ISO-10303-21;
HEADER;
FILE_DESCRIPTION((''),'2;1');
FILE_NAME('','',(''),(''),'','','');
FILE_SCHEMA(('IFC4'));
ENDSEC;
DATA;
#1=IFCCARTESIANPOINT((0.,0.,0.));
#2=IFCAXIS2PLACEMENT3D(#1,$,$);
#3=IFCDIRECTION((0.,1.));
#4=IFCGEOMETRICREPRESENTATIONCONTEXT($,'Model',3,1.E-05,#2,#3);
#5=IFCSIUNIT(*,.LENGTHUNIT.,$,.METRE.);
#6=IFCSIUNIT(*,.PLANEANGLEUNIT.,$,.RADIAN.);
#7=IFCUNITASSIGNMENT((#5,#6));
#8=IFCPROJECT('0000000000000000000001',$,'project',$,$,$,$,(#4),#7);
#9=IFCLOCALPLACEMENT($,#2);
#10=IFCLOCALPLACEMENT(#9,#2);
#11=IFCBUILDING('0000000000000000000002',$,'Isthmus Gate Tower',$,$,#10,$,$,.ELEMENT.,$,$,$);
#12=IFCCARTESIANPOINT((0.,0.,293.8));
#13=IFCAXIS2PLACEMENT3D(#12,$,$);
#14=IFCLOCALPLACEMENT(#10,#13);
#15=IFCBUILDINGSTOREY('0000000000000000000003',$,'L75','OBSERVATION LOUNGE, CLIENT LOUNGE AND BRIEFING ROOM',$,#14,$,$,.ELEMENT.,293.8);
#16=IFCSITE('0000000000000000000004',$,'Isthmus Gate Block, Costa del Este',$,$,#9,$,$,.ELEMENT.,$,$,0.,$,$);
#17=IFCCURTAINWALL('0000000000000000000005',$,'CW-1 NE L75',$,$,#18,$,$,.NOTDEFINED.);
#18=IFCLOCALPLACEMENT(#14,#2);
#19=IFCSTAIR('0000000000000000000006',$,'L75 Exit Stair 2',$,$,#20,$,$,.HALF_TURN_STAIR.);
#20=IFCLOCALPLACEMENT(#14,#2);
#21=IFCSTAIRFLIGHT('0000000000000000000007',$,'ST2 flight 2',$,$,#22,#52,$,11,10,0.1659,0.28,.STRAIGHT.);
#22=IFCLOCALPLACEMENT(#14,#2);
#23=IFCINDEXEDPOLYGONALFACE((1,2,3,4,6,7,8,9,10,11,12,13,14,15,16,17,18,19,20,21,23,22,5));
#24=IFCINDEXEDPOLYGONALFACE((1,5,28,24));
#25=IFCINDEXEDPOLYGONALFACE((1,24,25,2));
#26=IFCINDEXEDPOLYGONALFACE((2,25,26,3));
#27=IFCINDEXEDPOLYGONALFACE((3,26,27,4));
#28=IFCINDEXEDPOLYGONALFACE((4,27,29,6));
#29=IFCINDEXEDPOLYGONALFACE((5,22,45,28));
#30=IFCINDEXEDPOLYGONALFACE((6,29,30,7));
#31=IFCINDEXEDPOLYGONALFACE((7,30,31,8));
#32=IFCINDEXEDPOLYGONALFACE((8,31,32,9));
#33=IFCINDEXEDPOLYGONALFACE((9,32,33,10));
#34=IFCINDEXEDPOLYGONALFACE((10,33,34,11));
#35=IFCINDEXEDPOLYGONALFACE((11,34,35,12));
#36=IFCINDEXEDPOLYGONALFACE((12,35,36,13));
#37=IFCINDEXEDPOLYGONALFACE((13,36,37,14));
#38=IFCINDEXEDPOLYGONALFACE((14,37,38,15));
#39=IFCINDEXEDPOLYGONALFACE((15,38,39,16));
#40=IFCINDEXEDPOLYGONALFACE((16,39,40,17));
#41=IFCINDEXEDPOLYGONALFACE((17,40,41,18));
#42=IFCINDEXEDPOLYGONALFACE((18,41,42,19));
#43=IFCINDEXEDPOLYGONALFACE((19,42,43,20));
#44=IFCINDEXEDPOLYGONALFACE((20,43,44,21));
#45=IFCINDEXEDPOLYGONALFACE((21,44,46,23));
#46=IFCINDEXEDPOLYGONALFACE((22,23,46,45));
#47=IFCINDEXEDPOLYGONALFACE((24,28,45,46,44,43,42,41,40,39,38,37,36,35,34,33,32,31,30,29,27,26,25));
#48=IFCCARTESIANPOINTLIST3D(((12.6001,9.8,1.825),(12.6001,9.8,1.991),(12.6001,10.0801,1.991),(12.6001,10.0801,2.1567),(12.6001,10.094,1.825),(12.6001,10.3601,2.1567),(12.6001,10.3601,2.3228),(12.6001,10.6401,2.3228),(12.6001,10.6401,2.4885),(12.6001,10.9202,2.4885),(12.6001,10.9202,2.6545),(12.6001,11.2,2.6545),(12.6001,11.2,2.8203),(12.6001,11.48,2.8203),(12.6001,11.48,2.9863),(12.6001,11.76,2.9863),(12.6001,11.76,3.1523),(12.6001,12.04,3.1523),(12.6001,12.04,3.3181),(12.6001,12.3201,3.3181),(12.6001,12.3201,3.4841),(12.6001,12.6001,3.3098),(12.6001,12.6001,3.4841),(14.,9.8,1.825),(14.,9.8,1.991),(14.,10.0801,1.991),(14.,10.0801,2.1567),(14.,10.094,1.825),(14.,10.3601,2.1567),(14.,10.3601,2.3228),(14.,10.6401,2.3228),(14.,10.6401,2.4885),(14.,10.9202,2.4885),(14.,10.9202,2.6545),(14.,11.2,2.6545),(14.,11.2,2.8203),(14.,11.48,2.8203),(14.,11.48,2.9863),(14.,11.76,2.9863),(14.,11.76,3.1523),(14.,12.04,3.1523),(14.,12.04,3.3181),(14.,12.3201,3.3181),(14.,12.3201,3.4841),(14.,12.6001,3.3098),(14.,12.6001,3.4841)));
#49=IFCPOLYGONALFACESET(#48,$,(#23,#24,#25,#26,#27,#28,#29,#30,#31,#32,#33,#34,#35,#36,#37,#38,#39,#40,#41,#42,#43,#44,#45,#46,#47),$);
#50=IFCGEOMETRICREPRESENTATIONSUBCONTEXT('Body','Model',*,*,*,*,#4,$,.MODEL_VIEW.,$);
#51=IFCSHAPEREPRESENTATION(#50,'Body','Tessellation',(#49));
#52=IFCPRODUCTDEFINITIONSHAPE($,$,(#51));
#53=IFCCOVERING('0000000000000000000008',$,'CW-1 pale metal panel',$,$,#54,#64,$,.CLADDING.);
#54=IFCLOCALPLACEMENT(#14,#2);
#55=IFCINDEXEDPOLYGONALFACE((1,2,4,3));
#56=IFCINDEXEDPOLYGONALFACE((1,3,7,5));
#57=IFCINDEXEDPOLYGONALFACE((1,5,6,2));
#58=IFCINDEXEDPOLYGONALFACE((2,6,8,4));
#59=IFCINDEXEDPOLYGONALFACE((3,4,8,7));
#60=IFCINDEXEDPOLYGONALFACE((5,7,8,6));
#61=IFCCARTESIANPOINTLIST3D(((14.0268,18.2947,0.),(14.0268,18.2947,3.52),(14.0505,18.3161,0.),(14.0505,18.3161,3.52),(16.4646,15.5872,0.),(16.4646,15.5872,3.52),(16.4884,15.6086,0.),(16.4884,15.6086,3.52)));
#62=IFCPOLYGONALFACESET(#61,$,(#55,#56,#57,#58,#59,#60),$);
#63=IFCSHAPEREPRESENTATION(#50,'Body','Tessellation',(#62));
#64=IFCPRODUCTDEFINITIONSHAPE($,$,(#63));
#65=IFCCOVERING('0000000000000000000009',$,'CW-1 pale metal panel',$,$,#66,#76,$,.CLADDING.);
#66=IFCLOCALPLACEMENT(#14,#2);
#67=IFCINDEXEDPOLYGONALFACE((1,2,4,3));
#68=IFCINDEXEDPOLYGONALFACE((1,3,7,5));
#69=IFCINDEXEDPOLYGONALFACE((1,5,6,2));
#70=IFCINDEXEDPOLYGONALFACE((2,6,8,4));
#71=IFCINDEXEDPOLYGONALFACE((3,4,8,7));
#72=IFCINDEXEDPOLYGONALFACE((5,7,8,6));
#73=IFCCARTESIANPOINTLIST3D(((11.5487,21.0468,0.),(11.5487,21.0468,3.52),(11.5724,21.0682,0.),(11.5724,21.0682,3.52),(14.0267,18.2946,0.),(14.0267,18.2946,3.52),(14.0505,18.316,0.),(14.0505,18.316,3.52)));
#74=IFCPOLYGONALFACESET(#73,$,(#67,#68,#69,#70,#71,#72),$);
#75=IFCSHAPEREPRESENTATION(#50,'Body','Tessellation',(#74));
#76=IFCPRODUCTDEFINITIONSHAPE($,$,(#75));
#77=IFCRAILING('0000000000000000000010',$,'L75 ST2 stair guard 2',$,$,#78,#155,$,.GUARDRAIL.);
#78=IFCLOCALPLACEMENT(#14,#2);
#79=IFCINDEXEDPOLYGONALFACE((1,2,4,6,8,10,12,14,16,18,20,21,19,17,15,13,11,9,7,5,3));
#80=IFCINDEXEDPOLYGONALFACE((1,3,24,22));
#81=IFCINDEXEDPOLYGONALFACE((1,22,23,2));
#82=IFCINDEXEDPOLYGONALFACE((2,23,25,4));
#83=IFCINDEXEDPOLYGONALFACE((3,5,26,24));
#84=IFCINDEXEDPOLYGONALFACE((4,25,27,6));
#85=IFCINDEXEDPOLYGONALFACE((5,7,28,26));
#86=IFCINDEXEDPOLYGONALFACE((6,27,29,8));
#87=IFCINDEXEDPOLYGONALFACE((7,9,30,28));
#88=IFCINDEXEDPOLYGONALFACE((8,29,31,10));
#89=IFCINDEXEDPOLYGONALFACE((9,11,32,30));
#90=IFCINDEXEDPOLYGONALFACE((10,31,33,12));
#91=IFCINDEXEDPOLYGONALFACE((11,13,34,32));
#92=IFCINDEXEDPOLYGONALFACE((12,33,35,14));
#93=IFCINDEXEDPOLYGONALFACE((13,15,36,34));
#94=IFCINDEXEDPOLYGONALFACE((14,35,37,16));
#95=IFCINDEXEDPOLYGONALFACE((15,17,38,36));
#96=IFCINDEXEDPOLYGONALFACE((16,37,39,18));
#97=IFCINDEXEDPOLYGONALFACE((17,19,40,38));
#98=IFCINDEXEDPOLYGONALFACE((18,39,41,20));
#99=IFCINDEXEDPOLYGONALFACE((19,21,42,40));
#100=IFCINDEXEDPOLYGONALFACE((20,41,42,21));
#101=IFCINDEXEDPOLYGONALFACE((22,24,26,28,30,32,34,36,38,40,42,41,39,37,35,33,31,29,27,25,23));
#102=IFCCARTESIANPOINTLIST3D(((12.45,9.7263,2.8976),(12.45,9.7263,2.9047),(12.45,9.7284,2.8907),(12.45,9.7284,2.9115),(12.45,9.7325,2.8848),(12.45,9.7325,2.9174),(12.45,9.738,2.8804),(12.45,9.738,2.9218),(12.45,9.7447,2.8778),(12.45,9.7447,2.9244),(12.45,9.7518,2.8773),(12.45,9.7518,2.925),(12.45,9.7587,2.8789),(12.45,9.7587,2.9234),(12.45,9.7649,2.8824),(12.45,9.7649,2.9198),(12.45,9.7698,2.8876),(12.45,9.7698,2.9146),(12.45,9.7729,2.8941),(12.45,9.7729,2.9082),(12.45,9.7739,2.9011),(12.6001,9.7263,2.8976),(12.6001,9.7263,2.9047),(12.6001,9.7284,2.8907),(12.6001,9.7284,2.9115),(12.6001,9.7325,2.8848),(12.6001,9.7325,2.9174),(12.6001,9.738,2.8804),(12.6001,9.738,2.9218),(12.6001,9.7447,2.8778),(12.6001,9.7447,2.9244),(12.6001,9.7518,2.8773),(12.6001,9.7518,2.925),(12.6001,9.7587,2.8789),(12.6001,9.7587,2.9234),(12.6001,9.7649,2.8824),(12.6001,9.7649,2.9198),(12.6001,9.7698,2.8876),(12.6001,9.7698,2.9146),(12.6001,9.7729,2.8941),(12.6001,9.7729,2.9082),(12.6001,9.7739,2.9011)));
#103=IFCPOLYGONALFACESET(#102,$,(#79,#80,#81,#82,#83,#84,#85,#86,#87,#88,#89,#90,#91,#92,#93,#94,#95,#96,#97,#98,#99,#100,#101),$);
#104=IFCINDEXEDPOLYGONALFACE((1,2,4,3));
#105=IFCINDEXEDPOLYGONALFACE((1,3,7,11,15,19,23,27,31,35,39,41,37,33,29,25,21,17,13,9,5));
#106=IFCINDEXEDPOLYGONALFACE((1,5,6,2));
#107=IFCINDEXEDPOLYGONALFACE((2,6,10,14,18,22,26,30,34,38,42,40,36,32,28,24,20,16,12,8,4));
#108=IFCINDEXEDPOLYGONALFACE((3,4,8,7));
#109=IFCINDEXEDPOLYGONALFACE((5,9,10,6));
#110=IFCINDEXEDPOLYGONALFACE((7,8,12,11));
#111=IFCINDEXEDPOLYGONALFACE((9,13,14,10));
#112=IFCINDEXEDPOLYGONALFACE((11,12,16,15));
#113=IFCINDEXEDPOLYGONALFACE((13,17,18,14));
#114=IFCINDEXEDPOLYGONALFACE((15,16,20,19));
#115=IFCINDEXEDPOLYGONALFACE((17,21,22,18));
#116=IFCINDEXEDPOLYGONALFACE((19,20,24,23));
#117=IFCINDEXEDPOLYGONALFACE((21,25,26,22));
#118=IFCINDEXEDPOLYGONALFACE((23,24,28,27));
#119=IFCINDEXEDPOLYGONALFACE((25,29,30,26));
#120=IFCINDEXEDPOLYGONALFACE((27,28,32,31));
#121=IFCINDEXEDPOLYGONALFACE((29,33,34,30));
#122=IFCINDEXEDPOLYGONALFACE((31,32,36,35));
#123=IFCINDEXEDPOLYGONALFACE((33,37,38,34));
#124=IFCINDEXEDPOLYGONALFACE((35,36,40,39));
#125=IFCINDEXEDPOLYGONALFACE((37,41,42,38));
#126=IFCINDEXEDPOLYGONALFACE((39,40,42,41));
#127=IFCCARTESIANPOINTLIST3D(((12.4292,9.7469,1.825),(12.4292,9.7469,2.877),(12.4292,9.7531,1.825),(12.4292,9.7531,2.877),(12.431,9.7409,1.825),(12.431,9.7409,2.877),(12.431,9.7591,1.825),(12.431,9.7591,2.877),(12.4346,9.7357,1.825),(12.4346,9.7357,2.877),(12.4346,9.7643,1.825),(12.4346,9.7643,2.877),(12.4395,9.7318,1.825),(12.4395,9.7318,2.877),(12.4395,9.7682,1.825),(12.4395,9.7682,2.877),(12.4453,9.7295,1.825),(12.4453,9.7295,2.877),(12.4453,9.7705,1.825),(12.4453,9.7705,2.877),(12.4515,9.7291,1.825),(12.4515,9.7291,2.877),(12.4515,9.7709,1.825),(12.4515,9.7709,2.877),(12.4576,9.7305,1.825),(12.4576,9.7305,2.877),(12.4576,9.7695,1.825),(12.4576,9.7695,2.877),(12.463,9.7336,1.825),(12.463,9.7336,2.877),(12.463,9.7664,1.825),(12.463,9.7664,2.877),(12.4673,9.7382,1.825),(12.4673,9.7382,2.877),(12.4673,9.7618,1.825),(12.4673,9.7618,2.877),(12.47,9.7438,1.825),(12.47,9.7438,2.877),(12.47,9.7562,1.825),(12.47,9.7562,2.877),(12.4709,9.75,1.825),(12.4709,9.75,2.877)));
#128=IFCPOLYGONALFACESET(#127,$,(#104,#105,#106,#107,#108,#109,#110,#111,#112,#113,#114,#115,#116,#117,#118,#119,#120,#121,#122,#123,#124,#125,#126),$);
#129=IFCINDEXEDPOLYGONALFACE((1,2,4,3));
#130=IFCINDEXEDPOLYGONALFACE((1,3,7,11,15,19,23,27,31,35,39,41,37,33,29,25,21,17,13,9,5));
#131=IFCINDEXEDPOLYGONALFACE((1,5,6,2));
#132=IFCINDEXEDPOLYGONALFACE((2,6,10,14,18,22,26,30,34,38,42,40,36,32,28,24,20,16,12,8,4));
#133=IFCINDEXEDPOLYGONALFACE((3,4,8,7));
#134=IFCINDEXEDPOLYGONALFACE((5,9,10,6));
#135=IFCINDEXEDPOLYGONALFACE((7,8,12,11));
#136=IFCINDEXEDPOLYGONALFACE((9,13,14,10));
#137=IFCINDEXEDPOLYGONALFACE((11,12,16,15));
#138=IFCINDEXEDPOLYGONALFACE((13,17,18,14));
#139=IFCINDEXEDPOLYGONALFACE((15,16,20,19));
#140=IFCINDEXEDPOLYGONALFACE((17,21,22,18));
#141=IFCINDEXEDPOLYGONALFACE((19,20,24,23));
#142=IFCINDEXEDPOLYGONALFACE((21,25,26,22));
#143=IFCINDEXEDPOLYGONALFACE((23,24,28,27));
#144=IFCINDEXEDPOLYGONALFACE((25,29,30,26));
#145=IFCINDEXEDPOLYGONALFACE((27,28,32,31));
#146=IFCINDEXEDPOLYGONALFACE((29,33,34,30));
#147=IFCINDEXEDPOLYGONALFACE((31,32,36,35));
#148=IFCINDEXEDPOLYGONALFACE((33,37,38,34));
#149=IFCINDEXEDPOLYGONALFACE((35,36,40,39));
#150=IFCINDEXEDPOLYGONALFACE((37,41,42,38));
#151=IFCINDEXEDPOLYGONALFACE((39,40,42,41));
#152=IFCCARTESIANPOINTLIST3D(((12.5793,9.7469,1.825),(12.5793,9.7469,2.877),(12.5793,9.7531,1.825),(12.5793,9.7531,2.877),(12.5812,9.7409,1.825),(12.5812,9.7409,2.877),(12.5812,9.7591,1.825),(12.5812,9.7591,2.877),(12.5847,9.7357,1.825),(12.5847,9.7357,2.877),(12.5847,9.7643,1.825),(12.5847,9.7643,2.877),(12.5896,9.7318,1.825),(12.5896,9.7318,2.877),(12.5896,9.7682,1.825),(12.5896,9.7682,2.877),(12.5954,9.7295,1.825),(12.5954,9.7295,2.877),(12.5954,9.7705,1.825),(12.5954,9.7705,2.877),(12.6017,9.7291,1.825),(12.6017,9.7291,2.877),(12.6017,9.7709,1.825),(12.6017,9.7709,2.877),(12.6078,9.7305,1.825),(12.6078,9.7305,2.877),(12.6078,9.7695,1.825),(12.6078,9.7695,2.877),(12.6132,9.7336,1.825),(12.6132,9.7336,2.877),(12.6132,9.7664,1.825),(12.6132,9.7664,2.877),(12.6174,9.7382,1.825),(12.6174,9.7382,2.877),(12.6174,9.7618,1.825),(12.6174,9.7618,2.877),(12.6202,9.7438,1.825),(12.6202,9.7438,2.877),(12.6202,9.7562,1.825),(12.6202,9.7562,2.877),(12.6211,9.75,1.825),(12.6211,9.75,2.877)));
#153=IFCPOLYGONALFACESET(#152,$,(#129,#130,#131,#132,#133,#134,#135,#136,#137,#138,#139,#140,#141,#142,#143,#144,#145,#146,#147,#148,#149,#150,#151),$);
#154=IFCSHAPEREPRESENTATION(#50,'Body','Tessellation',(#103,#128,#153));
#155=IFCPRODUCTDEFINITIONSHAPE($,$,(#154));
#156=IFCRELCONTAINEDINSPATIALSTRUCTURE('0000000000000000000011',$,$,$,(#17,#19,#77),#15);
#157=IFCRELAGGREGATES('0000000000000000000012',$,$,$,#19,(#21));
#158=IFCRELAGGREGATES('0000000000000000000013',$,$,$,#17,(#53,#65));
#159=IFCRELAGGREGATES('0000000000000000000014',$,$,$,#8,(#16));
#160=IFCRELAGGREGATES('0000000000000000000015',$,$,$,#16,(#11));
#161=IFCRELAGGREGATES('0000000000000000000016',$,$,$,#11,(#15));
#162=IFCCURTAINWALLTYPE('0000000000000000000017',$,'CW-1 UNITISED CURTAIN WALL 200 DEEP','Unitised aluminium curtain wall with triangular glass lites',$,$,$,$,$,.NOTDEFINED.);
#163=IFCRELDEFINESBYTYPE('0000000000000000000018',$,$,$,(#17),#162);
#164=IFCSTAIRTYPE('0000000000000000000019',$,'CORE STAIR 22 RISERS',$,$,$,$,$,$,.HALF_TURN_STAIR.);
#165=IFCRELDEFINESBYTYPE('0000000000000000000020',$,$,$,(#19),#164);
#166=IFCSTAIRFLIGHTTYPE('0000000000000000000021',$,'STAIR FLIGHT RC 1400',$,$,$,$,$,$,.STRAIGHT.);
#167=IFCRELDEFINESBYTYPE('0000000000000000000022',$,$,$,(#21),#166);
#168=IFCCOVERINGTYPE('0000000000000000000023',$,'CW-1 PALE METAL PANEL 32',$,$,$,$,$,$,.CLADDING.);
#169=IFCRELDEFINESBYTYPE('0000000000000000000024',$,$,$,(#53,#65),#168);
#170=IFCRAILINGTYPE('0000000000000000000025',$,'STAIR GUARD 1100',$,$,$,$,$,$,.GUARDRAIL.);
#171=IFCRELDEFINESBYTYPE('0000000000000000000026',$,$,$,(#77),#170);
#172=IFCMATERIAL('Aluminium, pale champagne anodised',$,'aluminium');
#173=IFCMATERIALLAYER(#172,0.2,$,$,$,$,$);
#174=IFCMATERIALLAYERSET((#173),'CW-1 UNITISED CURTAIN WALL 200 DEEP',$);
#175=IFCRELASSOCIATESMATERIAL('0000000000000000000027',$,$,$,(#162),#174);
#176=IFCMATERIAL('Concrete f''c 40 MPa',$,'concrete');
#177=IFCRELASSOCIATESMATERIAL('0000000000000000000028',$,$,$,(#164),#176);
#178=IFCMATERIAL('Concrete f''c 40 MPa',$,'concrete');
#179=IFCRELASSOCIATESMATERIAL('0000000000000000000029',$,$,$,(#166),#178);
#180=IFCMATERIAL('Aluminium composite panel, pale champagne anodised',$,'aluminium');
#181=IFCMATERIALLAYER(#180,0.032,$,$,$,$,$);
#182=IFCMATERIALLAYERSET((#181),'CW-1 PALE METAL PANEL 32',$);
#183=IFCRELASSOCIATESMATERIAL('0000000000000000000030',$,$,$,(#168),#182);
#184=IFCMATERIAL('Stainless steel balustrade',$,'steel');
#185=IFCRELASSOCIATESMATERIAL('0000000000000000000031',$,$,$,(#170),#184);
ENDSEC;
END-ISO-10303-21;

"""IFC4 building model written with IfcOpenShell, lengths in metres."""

from ifc_helpers import new_model, si_unit, direction, frame, origin, origin_2d, place, context, subcontext, project, spatial, polyline, rectangle, circle, outline, extrude, material, layer, layer_set, type_object, element, aggregate, save


model = new_model("IFC4")

# Units and contexts
model_context = context("Model", 3, precision=1e-05, world=origin(), true_north=direction((0.0, 1.0)))
body_context = subcontext(model_context, "Body", "Model", "MODEL_VIEW")
ifc_project = project(units=[si_unit("LENGTHUNIT", "METRE"), si_unit("PLANEANGLEUNIT", "RADIAN")], contexts=[model_context])

# Site, building, storey
site_placement = place(None, origin())
site = spatial("IfcSite", under=ifc_project, at=site_placement, Name="Isthmus Gate Block, Costa del Este", CompositionType="ELEMENT", RefElevation=0.0)
building_placement = place(site_placement, origin())
building = spatial("IfcBuilding", under=site, at=building_placement, Name="Isthmus Gate Tower", CompositionType="ELEMENT")
storey_placement = place(building_placement, frame((0.0, 0.0, 293.8)))
storey = spatial("IfcBuildingStorey", under=building, at=storey_placement, Name="L75", Description="OBSERVATION LOUNGE, CLIENT LOUNGE AND BRIEFING ROOM", CompositionType="ELEMENT", Elevation=293.8)

# Curtain wall
ifc_material_1 = material(Name="Aluminium, pale champagne anodised", Category="aluminium")
ifc_layer_1 = layer(ifc_material_1, 0.2)
ifc_layer_set_1 = layer_set([ifc_layer_1], Name="CW-1 UNITISED CURTAIN WALL 200 DEEP")
curtain_wall_type = type_object("IfcCurtainWallType", Name="CW-1 UNITISED CURTAIN WALL 200 DEEP", Description="Unitised aluminium curtain wall with triangular glass lites", PredefinedType="NOTDEFINED", material=ifc_layer_set_1)
curtain_wall_placement = place(storey_placement, origin())
curtain_wall = element("IfcCurtainWall", 1, at=curtain_wall_placement, inside=storey, type_object=curtain_wall_type, Name="CW-1 NE L75", PredefinedType="NOTDEFINED")

# Stair, stair flight
ifc_material_2 = material(Name="Concrete f'c 40 MPa", Category="concrete")
stair_type = type_object("IfcStairType", Name="CORE STAIR 22 RISERS", PredefinedType="HALF_TURN_STAIR", material=ifc_material_2)
stair_placement = place(storey_placement, origin())
stair = element("IfcStair", 2, at=stair_placement, inside=storey, type_object=stair_type, Name="L75 Exit Stair 2", PredefinedType="HALF_TURN_STAIR")
ifc_material_3 = material(Name="Concrete f'c 40 MPa", Category="concrete")
stair_flight_type = type_object("IfcStairFlightType", Name="STAIR FLIGHT RC 1400", PredefinedType="STRAIGHT", material=ifc_material_3)
stair_flight_placement = place(storey_placement, frame((13.3, 9.8, 1.825), z_axis=(0.0, 0.0, 1.0), x_axis=(0.0, 1.0, 0.0)))
stair_flight = element("IfcStairFlight", 3, at=stair_flight_placement, type_object=stair_flight_type, Name="ST2 flight 2", NumberOfRisers=11, NumberOfTreads=10, PredefinedType="STRAIGHT", RiserHeight=0.1659, TreadLength=0.28, context=body_context, shape_type="SweptSolid", body=[
    extrude(outline(polyline([(0.0, 0.0), (0.0, 0.166), (0.28, 0.166), (0.28, 0.3318), (0.5601, 0.3318), (0.5601, 0.4978), (0.8401, 0.4978), (0.8401, 0.6636), (1.1201, 0.6636), (1.1201, 0.8296), (1.3999, 0.8296), (1.3999, 0.9954), (1.6799, 0.9954), (1.6799, 1.1614), (1.96, 1.1614), (1.96, 1.3274), (2.24, 1.3274), (2.24, 1.4932), (2.52, 1.4932), (2.52, 1.6592), (2.8, 1.6592), (2.8, 1.825), (2.8, 1.4849), (0.2939, 0.0), (0.0, 0.0)])), frame((0.0, 0.7, 0.0), z_axis=(0.0, -1.0, 0.0), x_axis=(1.0, 0.0, 0.0)), (0.0, 0.0, 1.0), 1.3999),
])
aggregate(stair, [stair_flight])

# Coverings
ifc_material_4 = material(Name="Aluminium composite panel, pale champagne anodised", Category="aluminium")
ifc_layer_2 = layer(ifc_material_4, 0.032)
ifc_layer_set_2 = layer_set([ifc_layer_2], Name="CW-1 PALE METAL PANEL 32")
covering_type = type_object("IfcCoveringType", Name="CW-1 PALE METAL PANEL 32", PredefinedType="CLADDING", material=ifc_layer_set_2)
covering_1_placement = place(storey_placement, frame((15.2576, 16.9517, 0.0), z_axis=(0.0, 0.0, 1.0), x_axis=(-0.669131, 0.743145, 0.0)))
covering_1 = element("IfcCovering", 4, at=covering_1_placement, type_object=covering_type, Name="CW-1 pale metal panel", PredefinedType="CLADDING", context=body_context, shape_type="SweptSolid", body=[
    extrude(rectangle(XDim=3.6433, YDim=0.032, at=origin_2d()), origin(), (0.0, 0.0, 1.0), 3.52),
])
covering_2_placement = place(storey_placement, frame((12.7996, 19.6814, 0.0), z_axis=(0.0, 0.0, 1.0), x_axis=(-0.669131, 0.743145, 0.0)))
covering_2 = element("IfcCovering", 5, at=covering_2_placement, type_object=covering_type, Name="CW-1 pale metal panel", PredefinedType="CLADDING", context=body_context, shape_type="SweptSolid", body=[
    extrude(rectangle(XDim=3.7034, YDim=0.032, at=origin_2d()), origin(), (0.0, 0.0, 1.0), 3.52),
])
aggregate(curtain_wall, [covering_1, covering_2])

# Railing
ifc_material_5 = material(Name="Stainless steel balustrade", Category="steel")
railing_type_1 = type_object("IfcRailingType", Name="STAIR GUARD 1100", PredefinedType="GUARDRAIL", material=ifc_material_5)
railing_1_placement = place(storey_placement, frame((12.45, 9.75, 1.825)))
element("IfcRailing", 6, at=railing_1_placement, inside=storey, type_object=railing_type_1, Name="L75 ST2 stair guard 2", PredefinedType="GUARDRAIL", context=body_context, shape_type="SweptSolid", body=[
    extrude(circle(Radius=0.0239, at=origin_2d()), frame((0.0, 0.0, 1.0762), z_axis=(1.0, 0.0, 0.0), x_axis=(0.0, 1.0, 0.0)), (0.0, 0.0, 1.0), 0.1501),
    extrude(circle(Radius=0.021, at=origin_2d()), origin(), (0.0, 0.0, 1.0), 1.052),
    extrude(circle(Radius=0.021, at=origin_2d()), frame((0.1501, 0.0, 0.0)), (0.0, 0.0, 1.0), 1.052),
])

save(model, "model.ifc")
